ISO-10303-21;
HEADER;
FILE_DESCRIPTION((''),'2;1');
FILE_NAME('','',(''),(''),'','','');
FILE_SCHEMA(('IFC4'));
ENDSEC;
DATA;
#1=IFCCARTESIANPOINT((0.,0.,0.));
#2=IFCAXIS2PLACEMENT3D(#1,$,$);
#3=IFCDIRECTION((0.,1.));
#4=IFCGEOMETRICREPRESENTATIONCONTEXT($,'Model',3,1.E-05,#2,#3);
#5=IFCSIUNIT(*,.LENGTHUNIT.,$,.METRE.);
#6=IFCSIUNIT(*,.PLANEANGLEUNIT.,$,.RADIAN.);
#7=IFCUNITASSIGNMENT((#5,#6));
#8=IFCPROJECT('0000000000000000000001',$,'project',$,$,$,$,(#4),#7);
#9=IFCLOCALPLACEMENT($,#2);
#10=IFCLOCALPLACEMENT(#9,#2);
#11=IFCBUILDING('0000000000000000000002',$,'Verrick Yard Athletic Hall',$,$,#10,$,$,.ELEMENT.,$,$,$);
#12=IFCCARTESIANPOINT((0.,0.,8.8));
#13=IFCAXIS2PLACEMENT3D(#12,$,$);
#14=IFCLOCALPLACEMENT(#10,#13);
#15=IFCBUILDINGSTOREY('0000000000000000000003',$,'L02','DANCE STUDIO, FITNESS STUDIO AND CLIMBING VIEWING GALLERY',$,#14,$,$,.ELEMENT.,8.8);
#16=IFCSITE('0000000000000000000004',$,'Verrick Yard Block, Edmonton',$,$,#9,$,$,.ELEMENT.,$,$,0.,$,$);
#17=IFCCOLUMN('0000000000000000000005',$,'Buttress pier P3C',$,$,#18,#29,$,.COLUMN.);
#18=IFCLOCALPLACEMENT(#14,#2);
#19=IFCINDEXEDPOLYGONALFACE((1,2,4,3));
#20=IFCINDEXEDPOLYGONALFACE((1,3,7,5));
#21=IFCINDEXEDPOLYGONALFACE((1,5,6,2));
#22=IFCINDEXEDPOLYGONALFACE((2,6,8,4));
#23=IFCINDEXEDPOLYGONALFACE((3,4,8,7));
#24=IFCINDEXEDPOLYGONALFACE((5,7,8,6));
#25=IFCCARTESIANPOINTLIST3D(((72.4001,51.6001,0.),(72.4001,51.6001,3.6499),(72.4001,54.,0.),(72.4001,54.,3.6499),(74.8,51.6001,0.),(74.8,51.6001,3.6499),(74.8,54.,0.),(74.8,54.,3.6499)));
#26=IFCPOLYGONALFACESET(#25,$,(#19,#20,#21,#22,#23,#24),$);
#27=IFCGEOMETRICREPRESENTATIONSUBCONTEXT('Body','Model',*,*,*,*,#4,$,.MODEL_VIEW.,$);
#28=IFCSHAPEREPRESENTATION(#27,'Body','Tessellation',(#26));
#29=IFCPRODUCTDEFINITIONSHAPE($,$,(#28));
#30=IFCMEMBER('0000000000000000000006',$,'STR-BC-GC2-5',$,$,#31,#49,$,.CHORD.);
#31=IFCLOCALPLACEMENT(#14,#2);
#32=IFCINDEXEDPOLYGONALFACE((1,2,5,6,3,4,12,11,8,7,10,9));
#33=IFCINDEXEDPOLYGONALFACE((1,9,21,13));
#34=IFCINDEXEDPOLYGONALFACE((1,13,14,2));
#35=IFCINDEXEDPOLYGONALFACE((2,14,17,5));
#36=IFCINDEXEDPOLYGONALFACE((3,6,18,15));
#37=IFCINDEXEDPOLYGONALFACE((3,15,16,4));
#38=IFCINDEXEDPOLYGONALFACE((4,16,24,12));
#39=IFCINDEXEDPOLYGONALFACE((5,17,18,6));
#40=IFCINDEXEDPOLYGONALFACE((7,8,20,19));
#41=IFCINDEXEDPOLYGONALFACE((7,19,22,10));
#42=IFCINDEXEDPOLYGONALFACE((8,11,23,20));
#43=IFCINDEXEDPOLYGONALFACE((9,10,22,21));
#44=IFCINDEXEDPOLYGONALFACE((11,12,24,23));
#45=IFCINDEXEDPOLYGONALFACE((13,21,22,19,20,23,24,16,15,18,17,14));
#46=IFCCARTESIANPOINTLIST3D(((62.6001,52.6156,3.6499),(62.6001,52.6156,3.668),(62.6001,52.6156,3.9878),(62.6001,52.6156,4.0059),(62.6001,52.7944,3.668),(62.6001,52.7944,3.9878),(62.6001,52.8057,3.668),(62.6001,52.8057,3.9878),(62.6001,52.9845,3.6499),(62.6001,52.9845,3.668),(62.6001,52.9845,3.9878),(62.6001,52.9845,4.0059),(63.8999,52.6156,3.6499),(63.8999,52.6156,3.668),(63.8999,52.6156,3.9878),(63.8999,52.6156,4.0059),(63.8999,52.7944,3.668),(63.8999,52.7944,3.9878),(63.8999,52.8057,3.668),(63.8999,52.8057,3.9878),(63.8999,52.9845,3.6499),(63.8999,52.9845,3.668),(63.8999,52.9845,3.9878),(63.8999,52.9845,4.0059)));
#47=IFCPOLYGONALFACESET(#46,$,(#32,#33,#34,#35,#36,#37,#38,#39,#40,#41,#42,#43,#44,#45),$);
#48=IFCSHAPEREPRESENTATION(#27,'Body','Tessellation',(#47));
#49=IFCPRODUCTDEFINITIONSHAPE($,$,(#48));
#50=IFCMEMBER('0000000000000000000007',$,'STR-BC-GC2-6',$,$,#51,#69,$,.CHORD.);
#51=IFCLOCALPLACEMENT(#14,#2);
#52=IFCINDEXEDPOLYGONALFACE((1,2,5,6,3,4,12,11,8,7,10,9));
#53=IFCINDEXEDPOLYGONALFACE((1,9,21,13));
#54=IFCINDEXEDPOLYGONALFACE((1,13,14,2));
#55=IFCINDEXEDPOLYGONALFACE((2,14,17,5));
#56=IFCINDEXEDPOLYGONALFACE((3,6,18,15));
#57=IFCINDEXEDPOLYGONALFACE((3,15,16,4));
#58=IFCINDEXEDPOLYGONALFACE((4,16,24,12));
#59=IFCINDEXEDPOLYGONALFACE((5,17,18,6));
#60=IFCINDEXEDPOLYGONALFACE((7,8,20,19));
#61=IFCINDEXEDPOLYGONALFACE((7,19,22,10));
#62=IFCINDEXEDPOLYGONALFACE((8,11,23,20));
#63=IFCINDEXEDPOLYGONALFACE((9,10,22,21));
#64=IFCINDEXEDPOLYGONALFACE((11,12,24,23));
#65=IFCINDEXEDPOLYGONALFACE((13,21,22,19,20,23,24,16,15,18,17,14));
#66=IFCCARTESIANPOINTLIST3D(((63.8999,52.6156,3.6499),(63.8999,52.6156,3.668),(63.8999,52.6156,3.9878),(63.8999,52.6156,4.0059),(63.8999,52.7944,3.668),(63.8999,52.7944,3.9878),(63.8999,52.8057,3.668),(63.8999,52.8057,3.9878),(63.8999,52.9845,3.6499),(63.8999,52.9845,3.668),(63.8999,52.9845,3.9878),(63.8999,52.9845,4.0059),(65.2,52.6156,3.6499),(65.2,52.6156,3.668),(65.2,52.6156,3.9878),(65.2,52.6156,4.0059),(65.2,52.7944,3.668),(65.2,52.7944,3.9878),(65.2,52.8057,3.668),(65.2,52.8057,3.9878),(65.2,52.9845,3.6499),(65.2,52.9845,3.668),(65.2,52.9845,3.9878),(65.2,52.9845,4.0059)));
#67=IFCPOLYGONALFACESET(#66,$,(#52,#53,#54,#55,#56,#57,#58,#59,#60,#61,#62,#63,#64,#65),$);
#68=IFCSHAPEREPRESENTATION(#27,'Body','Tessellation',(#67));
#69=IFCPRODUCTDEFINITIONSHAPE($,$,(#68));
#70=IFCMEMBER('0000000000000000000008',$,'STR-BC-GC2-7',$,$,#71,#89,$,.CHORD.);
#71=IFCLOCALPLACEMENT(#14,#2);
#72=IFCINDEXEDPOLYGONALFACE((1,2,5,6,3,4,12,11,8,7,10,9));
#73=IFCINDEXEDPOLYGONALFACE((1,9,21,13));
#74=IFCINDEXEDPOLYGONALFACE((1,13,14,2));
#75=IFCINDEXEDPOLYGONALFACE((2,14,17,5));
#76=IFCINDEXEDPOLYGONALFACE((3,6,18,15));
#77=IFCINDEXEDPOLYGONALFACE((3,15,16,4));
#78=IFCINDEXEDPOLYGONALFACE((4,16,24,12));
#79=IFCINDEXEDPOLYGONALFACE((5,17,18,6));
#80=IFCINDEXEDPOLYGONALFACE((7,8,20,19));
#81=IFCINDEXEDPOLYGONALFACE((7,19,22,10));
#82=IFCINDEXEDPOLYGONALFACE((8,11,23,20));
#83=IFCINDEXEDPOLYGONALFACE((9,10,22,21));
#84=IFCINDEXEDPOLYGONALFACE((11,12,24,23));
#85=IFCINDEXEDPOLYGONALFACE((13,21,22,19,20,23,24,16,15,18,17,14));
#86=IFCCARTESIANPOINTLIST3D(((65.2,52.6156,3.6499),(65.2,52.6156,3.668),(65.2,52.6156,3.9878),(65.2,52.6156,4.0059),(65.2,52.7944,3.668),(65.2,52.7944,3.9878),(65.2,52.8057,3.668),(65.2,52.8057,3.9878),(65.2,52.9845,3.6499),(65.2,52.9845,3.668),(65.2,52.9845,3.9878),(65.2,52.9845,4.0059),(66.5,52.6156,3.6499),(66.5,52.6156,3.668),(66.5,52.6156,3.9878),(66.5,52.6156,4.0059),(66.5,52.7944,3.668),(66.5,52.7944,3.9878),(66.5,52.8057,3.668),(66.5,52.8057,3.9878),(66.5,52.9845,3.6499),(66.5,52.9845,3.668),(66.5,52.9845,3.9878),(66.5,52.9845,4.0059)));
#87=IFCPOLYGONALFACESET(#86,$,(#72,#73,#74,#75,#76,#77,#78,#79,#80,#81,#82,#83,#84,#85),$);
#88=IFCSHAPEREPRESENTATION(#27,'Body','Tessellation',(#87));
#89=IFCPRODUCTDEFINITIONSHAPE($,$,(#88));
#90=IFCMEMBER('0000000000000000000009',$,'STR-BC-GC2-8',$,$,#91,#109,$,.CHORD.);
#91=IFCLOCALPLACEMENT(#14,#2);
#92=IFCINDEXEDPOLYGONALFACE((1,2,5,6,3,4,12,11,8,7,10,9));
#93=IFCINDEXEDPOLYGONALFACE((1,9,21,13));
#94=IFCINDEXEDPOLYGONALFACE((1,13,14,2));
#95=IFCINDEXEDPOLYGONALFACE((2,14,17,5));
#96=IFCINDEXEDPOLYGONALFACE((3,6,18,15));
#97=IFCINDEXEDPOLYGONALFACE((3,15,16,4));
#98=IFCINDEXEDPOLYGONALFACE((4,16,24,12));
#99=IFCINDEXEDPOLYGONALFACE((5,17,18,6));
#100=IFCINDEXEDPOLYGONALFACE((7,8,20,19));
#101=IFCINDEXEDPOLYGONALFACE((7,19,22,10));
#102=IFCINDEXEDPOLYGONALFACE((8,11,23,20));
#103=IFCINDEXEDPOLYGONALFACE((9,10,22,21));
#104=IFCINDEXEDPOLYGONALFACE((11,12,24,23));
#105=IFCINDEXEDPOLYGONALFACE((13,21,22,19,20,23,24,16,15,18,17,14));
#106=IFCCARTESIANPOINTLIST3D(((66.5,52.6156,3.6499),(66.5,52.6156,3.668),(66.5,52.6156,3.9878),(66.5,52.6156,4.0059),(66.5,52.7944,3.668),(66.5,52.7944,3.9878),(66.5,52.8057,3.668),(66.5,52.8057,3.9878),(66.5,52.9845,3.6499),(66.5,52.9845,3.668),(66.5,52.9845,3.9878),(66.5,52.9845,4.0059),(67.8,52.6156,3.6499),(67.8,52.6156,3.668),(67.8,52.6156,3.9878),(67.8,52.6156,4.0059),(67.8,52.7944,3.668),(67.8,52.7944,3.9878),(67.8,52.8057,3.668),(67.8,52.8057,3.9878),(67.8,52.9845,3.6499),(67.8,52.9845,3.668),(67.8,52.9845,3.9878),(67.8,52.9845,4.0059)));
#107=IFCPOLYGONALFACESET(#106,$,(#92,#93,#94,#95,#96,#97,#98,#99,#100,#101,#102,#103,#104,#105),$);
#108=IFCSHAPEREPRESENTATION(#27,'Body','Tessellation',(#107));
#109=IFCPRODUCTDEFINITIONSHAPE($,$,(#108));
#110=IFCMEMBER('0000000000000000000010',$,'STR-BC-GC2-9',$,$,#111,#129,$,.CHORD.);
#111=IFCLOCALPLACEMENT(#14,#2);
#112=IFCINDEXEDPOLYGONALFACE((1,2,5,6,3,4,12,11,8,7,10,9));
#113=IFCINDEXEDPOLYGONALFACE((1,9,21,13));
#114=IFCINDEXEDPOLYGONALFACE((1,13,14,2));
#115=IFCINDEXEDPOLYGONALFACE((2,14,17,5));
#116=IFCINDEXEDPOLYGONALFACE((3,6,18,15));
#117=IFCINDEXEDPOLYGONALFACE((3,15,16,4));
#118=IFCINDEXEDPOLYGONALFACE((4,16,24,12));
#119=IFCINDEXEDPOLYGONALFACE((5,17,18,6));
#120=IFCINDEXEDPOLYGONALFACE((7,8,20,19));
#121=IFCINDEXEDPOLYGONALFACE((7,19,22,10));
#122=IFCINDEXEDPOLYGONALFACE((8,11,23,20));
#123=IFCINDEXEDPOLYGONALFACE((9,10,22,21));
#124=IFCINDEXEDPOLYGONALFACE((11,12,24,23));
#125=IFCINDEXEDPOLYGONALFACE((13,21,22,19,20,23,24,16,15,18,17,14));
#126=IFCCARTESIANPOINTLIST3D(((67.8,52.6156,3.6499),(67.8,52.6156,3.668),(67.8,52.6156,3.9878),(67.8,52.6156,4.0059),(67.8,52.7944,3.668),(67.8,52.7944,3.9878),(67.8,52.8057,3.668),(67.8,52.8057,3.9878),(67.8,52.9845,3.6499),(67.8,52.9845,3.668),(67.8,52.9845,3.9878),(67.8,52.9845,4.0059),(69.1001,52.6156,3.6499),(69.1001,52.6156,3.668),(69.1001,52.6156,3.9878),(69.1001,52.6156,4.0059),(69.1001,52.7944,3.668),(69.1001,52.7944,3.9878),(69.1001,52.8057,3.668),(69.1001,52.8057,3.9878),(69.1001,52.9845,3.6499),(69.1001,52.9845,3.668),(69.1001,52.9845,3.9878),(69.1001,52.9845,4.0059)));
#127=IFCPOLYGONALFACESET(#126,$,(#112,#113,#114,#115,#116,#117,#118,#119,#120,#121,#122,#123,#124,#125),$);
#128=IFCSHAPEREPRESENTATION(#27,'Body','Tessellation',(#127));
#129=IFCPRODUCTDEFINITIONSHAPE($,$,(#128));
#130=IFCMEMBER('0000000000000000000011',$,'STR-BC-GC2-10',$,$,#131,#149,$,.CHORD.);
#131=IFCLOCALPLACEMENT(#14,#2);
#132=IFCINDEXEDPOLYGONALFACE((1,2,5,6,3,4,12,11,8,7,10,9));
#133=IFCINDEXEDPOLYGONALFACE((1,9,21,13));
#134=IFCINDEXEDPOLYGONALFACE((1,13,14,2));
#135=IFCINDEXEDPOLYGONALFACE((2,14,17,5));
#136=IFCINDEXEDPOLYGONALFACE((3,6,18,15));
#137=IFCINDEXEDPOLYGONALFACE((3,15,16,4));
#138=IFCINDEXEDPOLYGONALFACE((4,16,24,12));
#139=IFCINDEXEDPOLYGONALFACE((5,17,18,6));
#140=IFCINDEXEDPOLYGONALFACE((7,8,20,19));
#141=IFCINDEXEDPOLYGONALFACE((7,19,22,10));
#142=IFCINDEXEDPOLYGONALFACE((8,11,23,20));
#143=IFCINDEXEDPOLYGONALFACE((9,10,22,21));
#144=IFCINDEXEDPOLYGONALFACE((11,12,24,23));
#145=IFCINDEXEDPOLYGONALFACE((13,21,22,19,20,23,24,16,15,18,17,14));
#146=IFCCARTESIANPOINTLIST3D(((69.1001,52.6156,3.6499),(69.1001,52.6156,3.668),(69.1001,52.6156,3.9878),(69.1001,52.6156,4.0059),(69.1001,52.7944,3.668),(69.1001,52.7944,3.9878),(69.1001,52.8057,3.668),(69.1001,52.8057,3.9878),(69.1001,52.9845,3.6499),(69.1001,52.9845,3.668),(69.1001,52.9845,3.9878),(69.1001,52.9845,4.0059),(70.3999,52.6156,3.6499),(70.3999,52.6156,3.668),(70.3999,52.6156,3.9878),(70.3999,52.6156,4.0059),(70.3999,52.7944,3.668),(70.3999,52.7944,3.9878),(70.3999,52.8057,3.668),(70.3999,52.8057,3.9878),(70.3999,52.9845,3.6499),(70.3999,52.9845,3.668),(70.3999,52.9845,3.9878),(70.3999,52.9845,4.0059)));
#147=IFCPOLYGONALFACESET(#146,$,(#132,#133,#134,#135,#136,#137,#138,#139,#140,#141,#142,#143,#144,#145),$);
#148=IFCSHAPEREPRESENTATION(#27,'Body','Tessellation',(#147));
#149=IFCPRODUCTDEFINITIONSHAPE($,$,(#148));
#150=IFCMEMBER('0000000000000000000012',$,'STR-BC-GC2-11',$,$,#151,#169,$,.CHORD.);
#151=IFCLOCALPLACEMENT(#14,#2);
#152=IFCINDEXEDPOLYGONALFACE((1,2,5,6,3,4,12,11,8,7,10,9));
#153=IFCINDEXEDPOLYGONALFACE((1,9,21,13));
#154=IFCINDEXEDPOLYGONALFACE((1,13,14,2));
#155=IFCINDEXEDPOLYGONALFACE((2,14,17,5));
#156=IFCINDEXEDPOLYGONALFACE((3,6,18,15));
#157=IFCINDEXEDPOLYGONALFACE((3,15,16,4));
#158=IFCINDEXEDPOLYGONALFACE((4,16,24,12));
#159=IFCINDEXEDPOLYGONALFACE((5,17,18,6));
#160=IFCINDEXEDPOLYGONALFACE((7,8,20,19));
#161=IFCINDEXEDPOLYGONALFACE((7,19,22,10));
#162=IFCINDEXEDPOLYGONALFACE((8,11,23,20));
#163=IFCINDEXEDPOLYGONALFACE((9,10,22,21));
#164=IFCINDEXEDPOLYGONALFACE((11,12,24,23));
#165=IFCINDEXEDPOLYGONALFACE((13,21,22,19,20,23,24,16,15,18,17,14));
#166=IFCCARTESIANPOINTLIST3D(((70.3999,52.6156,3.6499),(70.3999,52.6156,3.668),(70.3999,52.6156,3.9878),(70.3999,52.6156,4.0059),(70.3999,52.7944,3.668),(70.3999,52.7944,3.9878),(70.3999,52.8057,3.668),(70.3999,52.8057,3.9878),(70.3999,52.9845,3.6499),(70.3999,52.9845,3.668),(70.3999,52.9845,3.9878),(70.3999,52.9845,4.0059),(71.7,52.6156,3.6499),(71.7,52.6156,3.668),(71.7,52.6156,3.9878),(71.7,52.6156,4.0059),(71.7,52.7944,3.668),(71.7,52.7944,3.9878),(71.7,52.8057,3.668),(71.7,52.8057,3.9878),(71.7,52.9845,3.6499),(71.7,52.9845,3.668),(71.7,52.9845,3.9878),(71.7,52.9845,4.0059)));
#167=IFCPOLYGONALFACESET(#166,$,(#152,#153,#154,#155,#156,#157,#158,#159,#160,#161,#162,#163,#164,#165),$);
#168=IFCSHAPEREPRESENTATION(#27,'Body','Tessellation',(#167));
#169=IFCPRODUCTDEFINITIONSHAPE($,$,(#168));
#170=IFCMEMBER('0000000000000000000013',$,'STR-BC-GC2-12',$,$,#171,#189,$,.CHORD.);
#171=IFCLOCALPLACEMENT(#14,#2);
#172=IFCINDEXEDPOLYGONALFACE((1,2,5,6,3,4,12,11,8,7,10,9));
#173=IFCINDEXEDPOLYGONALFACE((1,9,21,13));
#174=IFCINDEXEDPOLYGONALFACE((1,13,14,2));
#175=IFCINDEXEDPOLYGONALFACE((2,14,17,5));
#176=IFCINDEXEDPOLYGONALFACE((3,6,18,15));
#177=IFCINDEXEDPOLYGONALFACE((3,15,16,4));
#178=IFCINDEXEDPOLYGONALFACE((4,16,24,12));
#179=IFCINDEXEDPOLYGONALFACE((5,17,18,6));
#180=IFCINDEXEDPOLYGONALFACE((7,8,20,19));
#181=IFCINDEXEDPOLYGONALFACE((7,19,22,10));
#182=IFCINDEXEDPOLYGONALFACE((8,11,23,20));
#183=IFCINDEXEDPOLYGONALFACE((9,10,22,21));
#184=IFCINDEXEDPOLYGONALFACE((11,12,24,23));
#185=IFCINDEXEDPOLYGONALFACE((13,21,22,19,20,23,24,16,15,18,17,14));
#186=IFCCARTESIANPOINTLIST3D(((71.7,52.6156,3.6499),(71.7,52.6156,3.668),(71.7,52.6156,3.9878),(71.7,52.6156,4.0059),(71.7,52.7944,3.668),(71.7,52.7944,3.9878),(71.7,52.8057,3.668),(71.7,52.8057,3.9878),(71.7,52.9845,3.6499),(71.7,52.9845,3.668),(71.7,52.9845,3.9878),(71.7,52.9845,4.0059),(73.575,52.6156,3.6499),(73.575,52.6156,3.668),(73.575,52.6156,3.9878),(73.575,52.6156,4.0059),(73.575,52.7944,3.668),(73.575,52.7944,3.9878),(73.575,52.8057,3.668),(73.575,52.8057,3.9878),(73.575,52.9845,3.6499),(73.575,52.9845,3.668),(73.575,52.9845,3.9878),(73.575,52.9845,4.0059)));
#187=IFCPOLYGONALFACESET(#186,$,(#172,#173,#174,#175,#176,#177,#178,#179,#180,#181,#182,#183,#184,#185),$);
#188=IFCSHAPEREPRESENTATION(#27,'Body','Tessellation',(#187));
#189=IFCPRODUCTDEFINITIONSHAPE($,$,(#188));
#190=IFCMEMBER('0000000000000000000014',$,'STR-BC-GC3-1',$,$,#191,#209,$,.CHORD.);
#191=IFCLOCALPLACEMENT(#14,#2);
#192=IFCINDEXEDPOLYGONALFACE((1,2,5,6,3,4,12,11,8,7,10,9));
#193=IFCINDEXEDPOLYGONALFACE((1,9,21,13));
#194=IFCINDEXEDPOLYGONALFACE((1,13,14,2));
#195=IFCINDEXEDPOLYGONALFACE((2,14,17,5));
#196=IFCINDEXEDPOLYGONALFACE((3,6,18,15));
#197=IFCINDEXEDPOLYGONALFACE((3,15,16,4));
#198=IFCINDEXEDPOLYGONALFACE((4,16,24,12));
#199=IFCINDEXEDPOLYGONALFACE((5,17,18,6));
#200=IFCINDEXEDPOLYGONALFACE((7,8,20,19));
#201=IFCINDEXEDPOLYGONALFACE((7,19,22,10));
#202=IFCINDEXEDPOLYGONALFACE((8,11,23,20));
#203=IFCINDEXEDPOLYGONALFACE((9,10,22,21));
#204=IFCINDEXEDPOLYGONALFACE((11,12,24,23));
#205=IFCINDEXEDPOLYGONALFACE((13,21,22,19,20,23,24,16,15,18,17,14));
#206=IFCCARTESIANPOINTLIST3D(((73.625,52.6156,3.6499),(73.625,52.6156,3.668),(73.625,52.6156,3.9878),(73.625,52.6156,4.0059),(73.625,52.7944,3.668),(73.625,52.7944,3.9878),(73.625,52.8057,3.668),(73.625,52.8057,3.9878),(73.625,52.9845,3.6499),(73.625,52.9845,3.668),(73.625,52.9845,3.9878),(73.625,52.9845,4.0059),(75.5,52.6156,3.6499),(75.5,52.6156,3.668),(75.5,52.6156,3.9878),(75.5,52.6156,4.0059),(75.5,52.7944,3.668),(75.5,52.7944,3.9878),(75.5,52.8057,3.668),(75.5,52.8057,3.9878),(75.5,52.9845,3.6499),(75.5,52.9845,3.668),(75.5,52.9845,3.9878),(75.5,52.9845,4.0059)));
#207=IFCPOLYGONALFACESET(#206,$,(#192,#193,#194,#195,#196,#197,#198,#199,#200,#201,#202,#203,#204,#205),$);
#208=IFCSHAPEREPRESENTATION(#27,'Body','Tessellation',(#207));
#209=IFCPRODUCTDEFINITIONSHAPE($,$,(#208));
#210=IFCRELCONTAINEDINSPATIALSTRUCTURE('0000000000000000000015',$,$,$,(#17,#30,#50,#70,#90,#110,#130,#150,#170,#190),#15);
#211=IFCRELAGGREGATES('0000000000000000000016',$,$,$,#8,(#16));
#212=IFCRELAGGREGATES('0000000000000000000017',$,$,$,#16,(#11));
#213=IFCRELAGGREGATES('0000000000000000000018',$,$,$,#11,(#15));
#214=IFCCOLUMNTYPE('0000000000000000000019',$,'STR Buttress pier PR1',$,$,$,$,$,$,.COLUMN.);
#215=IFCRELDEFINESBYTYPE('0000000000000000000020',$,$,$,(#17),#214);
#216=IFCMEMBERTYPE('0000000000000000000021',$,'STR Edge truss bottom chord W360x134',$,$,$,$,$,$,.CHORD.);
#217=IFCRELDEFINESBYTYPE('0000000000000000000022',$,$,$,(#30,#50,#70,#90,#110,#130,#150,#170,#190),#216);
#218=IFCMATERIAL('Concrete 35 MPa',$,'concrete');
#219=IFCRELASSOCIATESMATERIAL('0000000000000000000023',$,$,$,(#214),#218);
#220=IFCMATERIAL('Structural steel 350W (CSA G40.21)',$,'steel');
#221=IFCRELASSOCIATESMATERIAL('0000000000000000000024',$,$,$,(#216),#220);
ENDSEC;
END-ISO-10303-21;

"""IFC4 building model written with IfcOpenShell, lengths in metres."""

from ifc_helpers import new_model, si_unit, direction, frame, origin, origin_2d, place, context, subcontext, project, spatial, rectangle, i_section, extrude, material, material_profile, profile_set, type_object, element, save


model = new_model("IFC4")

# Units and contexts
model_context = context("Model", 3, precision=1e-05, world=origin(), true_north=direction((0.0, 1.0)))
body_context = subcontext(model_context, "Body", "Model", "MODEL_VIEW")
ifc_project = project(units=[si_unit("LENGTHUNIT", "METRE"), si_unit("PLANEANGLEUNIT", "RADIAN")], contexts=[model_context])

# Site, building, storey
site_placement = place(None, origin())
site = spatial("IfcSite", under=ifc_project, at=site_placement, Name="Verrick Yard Block, Edmonton", CompositionType="ELEMENT", RefElevation=0.0)
building_placement = place(site_placement, origin())
building = spatial("IfcBuilding", under=site, at=building_placement, Name="Verrick Yard Athletic Hall", CompositionType="ELEMENT")
storey_placement = place(building_placement, frame((0.0, 0.0, 8.8)))
storey = spatial("IfcBuildingStorey", under=building, at=storey_placement, Name="L02", Description="DANCE STUDIO, FITNESS STUDIO AND CLIMBING VIEWING GALLERY", CompositionType="ELEMENT", Elevation=8.8)

# Column
ifc_material_1 = material(Name="Concrete 35 MPa", Category="concrete")
ifc_material_profile_1 = material_profile(ifc_material_1, rectangle(XDim=2.3999, YDim=2.3999, at=origin_2d()), Name="STR Buttress pier PR1")
ifc_profile_set_1 = profile_set([ifc_material_profile_1], Name="Concrete 35 MPa")
column_type = type_object("IfcColumnType", Name="STR Buttress pier PR1", PredefinedType="COLUMN", material=ifc_profile_set_1)
column_placement = place(storey_placement, frame((73.6001, 52.8, 0.0), z_axis=(0.0, 0.0, 1.0), x_axis=(1.0, 0.0, 0.0)))
element("IfcColumn", 1, at=column_placement, inside=storey, type_object=column_type, Name="Buttress pier P3C", PredefinedType="COLUMN", context=body_context, shape_type="SweptSolid", body=[
    extrude(rectangle(XDim=2.3999, YDim=2.3999, at=origin_2d()), origin(), (0.0, 0.0, 1.0), 3.6499),
])

# Members
ifc_material_2 = material(Name="Structural steel 350W (CSA G40.21)", Category="steel")
ifc_material_profile_2 = material_profile(ifc_material_2, i_section(OverallWidth=0.3689, OverallDepth=0.356, WebThickness=0.0112, FlangeThickness=0.0181, at=origin_2d()), Name="W360x134")
ifc_profile_set_2 = profile_set([ifc_material_profile_2], Name="Structural steel 350W (CSA G40.21)")
member_type_1 = type_object("IfcMemberType", Name="STR Edge truss bottom chord W360x134", PredefinedType="CHORD", material=ifc_profile_set_2)
member_1_placement = place(storey_placement, frame((62.6001, 52.8, 3.8279), z_axis=(1.0, 0.0, 0.0), x_axis=(0.0, 1.0, 0.0)))
element("IfcMember", 2, at=member_1_placement, inside=storey, type_object=member_type_1, Name="STR-BC-GC2-5", PredefinedType="CHORD", context=body_context, shape_type="SweptSolid", body=[
    extrude(i_section(OverallWidth=0.3689, OverallDepth=0.356, WebThickness=0.0112, FlangeThickness=0.0181, at=origin_2d()), origin(), (0.0, 0.0, 1.0), 1.2998),
])
for number, where, z_axis, x_axis, name in (
    (3, (63.8999, 52.8, 3.8279), (1.0, 0.0, 0.0), (0.0, 1.0, 0.0), "STR-BC-GC2-6"),
    (4, (65.2, 52.8, 3.8279), (1.0, 0.0, 0.0), (0.0, 1.0, 0.0), "STR-BC-GC2-7"),
    (5, (66.5, 52.8, 3.8279), (1.0, 0.0, 0.0), (0.0, 1.0, 0.0), "STR-BC-GC2-8"),
    (6, (67.8, 52.8, 3.8279), (1.0, 0.0, 0.0), (0.0, 1.0, 0.0), "STR-BC-GC2-9"),
):
    element("IfcMember", number, at=place(storey_placement, frame(where, z_axis=z_axis, x_axis=x_axis)), inside=storey, type_object=member_type_1, Name=name, PredefinedType="CHORD", context=body_context, shape_type="SweptSolid", body=[
        extrude(i_section(OverallWidth=0.3689, OverallDepth=0.356, WebThickness=0.0112, FlangeThickness=0.0181, at=origin_2d()), origin(), (0.0, 0.0, 1.0), 1.3),
    ])
member_2_placement = place(storey_placement, frame((69.1001, 52.8, 3.8279), z_axis=(1.0, 0.0, 0.0), x_axis=(0.0, 1.0, 0.0)))
element("IfcMember", 7, at=member_2_placement, inside=storey, type_object=member_type_1, Name="STR-BC-GC2-10", PredefinedType="CHORD", context=body_context, shape_type="SweptSolid", body=[
    extrude(i_section(OverallWidth=0.3689, OverallDepth=0.356, WebThickness=0.0112, FlangeThickness=0.0181, at=origin_2d()), origin(), (0.0, 0.0, 1.0), 1.2998),
])
member_3_placement = place(storey_placement, frame((70.3999, 52.8, 3.8279), z_axis=(1.0, 0.0, 0.0), x_axis=(0.0, 1.0, 0.0)))
element("IfcMember", 8, at=member_3_placement, inside=storey, type_object=member_type_1, Name="STR-BC-GC2-11", PredefinedType="CHORD", context=body_context, shape_type="SweptSolid", body=[
    extrude(i_section(OverallWidth=0.3689, OverallDepth=0.356, WebThickness=0.0112, FlangeThickness=0.0181, at=origin_2d()), origin(), (0.0, 0.0, 1.0), 1.3),
])
for number, where, z_axis, x_axis, name in (
    (9, (71.7, 52.8, 3.8279), (1.0, 0.0, 0.0), (0.0, 1.0, 0.0), "STR-BC-GC2-12"),
    (10, (73.625, 52.8, 3.8279), (1.0, 0.0, 0.0), (0.0, 1.0, 0.0), "STR-BC-GC3-1"),
):
    element("IfcMember", number, at=place(storey_placement, frame(where, z_axis=z_axis, x_axis=x_axis)), inside=storey, type_object=member_type_1, Name=name, PredefinedType="CHORD", context=body_context, shape_type="SweptSolid", body=[
        extrude(i_section(OverallWidth=0.3689, OverallDepth=0.356, WebThickness=0.0112, FlangeThickness=0.0181, at=origin_2d()), origin(), (0.0, 0.0, 1.0), 1.875),
    ])

save(model, "model.ifc")
